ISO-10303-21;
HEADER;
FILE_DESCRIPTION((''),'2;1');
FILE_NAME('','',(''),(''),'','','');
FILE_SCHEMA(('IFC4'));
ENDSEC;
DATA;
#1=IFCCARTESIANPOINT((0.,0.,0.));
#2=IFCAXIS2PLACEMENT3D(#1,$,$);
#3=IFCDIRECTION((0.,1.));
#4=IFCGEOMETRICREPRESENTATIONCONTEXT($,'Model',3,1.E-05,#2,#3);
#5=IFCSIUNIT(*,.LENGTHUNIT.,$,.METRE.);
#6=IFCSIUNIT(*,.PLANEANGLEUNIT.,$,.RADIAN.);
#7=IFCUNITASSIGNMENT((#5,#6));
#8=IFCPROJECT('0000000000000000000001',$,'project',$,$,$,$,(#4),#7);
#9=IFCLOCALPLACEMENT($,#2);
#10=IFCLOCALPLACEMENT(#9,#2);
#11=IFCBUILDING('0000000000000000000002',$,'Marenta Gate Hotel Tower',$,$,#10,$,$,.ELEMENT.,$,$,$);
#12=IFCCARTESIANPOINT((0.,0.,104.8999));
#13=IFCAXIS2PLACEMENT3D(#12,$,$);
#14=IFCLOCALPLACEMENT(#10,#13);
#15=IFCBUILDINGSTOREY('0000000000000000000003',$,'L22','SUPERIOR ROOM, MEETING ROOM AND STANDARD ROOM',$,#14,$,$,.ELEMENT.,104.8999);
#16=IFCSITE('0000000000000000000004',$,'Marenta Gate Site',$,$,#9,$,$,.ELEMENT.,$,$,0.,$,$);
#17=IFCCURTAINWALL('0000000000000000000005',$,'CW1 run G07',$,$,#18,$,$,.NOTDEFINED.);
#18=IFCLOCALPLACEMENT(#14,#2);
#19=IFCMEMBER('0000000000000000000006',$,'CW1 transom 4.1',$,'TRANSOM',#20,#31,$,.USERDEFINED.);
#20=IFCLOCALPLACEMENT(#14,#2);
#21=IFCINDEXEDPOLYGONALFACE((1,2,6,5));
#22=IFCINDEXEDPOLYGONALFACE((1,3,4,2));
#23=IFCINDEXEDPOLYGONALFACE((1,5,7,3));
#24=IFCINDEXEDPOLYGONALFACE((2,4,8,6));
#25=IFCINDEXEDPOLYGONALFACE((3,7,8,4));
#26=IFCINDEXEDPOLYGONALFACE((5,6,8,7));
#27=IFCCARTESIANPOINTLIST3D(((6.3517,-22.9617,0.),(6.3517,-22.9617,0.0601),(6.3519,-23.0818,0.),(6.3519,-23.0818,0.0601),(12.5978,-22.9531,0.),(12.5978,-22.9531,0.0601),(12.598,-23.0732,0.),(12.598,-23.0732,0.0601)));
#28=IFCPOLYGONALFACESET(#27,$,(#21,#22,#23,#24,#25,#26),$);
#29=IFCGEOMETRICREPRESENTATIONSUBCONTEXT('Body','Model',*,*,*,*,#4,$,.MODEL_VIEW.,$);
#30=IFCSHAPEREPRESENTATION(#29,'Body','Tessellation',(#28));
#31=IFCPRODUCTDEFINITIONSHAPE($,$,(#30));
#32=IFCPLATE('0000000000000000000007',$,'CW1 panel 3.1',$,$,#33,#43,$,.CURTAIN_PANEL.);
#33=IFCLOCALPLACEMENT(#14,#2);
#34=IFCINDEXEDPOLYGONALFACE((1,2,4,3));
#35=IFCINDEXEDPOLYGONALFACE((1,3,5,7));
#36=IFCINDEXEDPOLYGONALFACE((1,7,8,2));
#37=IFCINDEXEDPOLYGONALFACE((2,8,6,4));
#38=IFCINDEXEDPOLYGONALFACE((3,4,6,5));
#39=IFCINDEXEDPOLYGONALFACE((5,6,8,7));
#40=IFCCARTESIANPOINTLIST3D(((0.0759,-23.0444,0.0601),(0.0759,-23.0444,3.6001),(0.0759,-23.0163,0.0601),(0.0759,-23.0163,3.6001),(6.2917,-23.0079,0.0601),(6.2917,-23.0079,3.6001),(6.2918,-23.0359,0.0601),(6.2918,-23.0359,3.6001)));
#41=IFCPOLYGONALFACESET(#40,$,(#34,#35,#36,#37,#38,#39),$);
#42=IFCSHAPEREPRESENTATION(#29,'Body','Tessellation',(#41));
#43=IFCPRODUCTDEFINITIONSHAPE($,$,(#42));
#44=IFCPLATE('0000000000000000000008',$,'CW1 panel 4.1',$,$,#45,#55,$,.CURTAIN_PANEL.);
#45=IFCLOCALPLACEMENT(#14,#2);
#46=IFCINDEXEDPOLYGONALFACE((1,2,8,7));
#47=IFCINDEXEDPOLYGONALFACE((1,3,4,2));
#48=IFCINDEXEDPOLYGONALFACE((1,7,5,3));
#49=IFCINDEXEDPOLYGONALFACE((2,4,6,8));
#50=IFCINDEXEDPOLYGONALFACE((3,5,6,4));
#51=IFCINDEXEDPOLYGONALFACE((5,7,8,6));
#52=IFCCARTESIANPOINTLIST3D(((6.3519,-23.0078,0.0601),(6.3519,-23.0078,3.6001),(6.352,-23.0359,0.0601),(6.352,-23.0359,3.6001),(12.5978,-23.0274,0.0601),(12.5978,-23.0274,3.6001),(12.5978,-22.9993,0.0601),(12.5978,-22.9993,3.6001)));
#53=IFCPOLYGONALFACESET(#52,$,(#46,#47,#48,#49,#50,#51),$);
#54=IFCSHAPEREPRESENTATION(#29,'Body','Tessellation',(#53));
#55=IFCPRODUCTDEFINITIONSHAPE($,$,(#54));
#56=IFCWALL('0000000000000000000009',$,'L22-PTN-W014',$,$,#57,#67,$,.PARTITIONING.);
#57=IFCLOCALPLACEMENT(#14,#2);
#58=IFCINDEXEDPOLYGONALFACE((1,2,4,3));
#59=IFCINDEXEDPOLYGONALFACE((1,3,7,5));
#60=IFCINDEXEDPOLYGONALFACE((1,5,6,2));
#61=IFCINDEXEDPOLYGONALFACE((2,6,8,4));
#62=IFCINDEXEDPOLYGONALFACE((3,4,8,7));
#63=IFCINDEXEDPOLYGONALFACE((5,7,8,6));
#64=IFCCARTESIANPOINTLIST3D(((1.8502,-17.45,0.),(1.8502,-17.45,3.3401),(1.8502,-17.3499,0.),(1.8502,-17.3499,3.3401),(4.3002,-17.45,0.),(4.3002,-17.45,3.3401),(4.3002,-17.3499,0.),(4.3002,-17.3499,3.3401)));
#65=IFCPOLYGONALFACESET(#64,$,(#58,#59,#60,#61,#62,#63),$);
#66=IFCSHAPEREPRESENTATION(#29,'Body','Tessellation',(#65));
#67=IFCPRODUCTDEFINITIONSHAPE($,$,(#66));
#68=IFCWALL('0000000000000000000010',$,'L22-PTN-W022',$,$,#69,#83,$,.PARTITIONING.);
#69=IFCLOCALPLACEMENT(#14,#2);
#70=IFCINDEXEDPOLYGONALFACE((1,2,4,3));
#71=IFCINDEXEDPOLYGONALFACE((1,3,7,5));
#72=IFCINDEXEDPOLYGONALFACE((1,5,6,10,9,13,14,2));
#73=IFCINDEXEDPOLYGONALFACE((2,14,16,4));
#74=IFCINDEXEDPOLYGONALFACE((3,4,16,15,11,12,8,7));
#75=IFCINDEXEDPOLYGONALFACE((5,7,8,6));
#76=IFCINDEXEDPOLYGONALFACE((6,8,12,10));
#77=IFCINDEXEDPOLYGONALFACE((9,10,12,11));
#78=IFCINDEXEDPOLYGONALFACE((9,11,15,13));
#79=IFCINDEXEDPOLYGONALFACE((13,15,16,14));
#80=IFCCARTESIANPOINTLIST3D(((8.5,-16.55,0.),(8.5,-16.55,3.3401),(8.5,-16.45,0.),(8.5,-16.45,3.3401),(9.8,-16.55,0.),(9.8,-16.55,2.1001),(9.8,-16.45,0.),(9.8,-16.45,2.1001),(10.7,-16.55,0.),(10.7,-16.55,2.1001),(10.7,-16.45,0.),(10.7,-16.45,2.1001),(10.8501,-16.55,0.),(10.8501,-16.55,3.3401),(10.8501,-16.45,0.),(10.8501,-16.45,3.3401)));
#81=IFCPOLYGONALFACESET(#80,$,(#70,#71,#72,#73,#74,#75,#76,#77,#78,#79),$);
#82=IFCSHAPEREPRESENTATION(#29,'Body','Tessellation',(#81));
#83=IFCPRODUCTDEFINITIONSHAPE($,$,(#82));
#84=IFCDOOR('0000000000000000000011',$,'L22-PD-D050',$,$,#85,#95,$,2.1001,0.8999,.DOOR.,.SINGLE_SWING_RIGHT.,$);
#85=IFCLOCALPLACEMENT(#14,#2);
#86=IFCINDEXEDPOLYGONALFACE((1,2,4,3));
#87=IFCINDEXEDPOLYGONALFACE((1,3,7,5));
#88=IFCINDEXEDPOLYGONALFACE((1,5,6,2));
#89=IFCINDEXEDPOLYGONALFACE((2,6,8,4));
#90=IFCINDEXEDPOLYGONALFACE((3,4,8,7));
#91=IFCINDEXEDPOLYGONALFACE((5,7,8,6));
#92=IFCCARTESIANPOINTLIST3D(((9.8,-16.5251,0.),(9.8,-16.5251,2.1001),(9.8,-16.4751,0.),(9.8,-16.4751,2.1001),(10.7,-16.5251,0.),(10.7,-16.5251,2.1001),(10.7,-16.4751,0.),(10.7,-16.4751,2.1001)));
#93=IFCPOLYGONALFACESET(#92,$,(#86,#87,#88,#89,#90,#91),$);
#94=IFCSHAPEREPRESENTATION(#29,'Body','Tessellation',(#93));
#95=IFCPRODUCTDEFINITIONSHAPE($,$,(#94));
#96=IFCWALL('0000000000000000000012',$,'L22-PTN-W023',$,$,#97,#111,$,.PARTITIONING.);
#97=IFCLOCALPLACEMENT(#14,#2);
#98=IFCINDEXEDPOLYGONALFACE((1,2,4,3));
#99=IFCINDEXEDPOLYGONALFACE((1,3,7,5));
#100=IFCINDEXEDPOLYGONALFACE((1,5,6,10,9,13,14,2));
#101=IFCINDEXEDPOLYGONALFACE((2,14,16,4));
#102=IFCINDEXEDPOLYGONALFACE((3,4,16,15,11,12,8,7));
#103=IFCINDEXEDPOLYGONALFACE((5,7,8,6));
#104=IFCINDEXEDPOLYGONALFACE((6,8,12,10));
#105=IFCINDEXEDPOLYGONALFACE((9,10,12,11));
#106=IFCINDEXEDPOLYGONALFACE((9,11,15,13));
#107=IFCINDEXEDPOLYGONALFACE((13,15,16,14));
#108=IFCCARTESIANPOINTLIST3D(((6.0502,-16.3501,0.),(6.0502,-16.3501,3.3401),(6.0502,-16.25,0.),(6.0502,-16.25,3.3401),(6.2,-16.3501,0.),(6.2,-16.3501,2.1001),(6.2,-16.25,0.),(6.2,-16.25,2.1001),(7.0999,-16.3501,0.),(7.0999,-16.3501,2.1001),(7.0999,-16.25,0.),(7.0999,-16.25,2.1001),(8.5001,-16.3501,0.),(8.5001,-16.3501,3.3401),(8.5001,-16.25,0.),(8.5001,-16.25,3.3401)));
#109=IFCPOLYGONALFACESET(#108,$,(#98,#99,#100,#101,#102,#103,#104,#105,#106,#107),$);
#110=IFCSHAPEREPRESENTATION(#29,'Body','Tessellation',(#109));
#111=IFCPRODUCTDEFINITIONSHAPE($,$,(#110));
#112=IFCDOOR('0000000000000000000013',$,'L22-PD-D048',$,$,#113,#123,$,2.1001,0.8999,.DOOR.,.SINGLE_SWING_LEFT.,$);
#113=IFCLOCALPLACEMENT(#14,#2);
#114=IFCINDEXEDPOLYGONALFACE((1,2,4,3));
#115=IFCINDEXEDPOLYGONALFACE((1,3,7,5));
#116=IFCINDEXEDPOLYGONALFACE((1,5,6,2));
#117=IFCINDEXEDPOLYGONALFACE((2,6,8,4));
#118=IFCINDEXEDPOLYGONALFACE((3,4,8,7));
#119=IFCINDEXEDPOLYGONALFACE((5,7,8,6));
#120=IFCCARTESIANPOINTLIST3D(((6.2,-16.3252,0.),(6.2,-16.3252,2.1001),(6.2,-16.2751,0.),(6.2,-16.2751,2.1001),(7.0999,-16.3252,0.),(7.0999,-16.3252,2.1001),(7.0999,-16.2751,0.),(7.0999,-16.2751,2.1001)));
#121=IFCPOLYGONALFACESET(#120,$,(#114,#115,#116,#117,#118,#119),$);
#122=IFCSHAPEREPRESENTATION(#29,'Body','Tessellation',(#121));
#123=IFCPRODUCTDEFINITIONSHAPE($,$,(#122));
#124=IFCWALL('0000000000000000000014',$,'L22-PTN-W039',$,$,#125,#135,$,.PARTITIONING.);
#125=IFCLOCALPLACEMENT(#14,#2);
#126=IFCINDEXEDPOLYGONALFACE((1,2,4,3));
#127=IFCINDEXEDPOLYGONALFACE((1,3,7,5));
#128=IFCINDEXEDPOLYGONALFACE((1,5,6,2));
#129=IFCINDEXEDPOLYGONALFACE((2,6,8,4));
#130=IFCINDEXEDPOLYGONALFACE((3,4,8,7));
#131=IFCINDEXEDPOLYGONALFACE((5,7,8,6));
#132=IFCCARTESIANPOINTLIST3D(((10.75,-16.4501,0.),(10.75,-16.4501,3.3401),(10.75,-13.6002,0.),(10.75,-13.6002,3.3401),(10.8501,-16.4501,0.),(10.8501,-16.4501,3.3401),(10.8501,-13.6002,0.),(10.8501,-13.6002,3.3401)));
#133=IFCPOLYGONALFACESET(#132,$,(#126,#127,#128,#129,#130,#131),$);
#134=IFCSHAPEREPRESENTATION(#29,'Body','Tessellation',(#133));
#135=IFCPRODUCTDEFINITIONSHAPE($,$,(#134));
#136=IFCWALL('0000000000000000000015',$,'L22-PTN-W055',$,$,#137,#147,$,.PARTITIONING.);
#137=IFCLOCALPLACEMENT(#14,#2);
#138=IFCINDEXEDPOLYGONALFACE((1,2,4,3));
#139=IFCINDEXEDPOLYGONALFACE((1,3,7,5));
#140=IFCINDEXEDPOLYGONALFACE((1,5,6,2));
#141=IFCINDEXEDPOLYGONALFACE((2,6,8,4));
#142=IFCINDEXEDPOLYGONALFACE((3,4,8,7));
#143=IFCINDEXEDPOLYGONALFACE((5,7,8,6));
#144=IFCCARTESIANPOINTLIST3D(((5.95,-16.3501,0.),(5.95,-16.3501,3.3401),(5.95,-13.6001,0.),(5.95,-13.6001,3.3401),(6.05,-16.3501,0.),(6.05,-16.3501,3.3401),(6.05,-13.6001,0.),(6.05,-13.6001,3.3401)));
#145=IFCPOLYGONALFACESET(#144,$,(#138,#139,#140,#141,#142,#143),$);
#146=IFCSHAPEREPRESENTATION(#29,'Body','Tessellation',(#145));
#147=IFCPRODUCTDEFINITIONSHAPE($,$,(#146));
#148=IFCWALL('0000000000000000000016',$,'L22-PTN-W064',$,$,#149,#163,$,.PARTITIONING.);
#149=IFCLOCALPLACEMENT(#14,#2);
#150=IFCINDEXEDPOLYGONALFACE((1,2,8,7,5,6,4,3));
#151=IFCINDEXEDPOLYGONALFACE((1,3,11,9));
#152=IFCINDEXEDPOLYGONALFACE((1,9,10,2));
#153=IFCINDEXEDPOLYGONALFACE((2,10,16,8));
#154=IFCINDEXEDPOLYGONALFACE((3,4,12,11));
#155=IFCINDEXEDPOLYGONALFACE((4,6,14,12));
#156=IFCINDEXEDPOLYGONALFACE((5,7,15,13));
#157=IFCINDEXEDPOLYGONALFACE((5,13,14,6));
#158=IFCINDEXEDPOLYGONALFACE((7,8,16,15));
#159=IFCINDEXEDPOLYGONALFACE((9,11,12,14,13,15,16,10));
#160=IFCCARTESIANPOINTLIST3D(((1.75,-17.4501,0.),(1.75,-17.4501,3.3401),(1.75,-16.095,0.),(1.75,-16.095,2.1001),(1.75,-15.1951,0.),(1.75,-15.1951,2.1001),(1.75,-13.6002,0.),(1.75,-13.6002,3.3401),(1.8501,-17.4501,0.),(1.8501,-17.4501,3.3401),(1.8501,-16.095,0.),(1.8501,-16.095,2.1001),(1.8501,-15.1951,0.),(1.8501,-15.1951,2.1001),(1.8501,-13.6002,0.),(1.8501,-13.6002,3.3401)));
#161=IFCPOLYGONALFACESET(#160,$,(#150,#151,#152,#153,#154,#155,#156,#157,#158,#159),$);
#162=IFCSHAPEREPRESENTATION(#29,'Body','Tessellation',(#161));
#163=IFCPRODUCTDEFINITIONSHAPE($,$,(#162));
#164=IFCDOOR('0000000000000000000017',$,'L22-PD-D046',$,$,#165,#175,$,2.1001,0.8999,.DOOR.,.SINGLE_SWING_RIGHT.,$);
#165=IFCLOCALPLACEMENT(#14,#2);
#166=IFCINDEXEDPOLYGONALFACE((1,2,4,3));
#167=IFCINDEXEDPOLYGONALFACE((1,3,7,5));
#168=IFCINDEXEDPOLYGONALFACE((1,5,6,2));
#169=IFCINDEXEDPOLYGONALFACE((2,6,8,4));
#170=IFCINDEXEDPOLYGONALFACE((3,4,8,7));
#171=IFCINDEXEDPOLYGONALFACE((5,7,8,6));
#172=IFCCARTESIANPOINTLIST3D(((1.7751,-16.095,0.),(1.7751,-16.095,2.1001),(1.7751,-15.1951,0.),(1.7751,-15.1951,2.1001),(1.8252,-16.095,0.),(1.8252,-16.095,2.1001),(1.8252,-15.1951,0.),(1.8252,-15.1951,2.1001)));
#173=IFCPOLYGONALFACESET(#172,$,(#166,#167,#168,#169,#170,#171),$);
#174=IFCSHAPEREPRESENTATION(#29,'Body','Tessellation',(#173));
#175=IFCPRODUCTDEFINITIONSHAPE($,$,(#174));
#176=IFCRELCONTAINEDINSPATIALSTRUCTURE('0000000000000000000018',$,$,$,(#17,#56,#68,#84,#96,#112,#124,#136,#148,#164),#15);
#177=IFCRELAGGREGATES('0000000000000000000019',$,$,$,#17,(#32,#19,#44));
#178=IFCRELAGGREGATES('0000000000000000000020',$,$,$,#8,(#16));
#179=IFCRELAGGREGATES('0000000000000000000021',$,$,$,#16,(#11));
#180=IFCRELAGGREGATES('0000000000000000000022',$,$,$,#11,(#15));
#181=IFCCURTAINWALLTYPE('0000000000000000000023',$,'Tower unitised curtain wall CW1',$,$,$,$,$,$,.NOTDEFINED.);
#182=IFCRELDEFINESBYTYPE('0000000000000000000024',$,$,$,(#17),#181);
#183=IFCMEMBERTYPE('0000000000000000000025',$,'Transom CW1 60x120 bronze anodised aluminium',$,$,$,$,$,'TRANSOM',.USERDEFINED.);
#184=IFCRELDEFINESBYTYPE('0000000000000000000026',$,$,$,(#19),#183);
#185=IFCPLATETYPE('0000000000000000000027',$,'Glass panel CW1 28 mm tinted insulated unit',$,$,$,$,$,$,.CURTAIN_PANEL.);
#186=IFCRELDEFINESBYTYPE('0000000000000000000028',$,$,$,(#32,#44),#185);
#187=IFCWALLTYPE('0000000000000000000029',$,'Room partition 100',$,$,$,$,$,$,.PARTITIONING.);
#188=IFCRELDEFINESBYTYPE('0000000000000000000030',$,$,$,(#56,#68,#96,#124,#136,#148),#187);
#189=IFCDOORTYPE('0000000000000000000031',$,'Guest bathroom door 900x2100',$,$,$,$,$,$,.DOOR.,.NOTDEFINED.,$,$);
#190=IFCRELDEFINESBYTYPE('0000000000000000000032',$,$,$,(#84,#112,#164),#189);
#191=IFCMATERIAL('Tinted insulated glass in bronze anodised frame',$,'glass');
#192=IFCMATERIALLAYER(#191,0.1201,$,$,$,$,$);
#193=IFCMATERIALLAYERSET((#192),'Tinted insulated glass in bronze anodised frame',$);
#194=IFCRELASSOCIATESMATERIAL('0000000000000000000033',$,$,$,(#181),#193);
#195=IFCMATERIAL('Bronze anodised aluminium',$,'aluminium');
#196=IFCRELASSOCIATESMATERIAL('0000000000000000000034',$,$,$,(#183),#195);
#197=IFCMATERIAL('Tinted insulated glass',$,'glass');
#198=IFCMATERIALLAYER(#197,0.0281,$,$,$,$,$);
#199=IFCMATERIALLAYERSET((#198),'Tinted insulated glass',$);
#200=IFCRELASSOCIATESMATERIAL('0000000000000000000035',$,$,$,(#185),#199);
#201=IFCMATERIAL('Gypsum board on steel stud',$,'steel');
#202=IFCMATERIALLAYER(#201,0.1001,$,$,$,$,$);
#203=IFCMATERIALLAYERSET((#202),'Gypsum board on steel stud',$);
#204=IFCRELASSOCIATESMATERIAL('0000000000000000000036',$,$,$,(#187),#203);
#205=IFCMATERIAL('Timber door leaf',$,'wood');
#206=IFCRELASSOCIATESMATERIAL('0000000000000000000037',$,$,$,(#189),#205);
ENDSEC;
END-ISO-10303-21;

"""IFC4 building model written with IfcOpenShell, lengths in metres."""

from ifc_helpers import new_model, si_unit, direction, frame, frame_2d, origin, origin_2d, place, context, subcontext, project, spatial, rectangle, extrude, material, layer, layer_set, material_profile, profile_set, type_object, element, fill, aggregate, save


model = new_model("IFC4")

# Units and contexts
model_context = context("Model", 3, precision=1e-05, world=origin(), true_north=direction((0.0, 1.0)))
body_context = subcontext(model_context, "Body", "Model", "MODEL_VIEW")
ifc_project = project(units=[si_unit("LENGTHUNIT", "METRE"), si_unit("PLANEANGLEUNIT", "RADIAN")], contexts=[model_context])

# Site, building, storey
site_placement = place(None, origin())
site = spatial("IfcSite", under=ifc_project, at=site_placement, Name="Marenta Gate Site", CompositionType="ELEMENT", RefElevation=0.0)
building_placement = place(site_placement, origin())
building = spatial("IfcBuilding", under=site, at=building_placement, Name="Marenta Gate Hotel Tower", CompositionType="ELEMENT")
storey_placement = place(building_placement, frame((0.0, 0.0, 104.8999)))
storey = spatial("IfcBuildingStorey", under=building, at=storey_placement, Name="L22", Description="SUPERIOR ROOM, MEETING ROOM AND STANDARD ROOM", CompositionType="ELEMENT", Elevation=104.8999)

# Curtain wall, member, plates
ifc_material_1 = material(Name="Tinted insulated glass in bronze anodised frame", Category="glass")
ifc_layer_1 = layer(ifc_material_1, 0.1201)
ifc_layer_set_1 = layer_set([ifc_layer_1], Name="Tinted insulated glass in bronze anodised frame")
curtain_wall_type = type_object("IfcCurtainWallType", Name="Tower unitised curtain wall CW1", PredefinedType="NOTDEFINED", material=ifc_layer_set_1)
curtain_wall_placement = place(storey_placement, origin())
curtain_wall = element("IfcCurtainWall", 1, at=curtain_wall_placement, inside=storey, type_object=curtain_wall_type, Name="CW1 run G07", PredefinedType="NOTDEFINED")
ifc_material_2 = material(Name="Bronze anodised aluminium", Category="aluminium")
ifc_material_profile_1 = material_profile(ifc_material_2, rectangle(XDim=0.1201, YDim=0.0601, at=origin_2d()), Name="Transom CW1 60x120 bronze anodised aluminium")
ifc_profile_set_1 = profile_set([ifc_material_profile_1], Name="Bronze anodised aluminium")
member_type_1 = type_object("IfcMemberType", Name="Transom CW1 60x120 bronze anodised aluminium", ElementType="TRANSOM", PredefinedType="USERDEFINED", material=ifc_profile_set_1)
member_1_placement = place(storey_placement, frame((6.3518, -23.0217, 0.03), z_axis=(0.999999, 0.001368, 0.0), x_axis=(-0.001368, 0.999999, 0.0)))
member_1 = element("IfcMember", 2, at=member_1_placement, type_object=member_type_1, Name="CW1 transom 4.1", ObjectType="TRANSOM", PredefinedType="USERDEFINED", context=body_context, shape_type="SweptSolid", body=[
    extrude(rectangle(XDim=0.1201, YDim=0.0601, at=origin_2d()), origin(), (0.0, 0.0, 1.0), 6.2461),
])
ifc_material_3 = material(Name="Tinted insulated glass", Category="glass")
ifc_layer_2 = layer(ifc_material_3, 0.0281)
ifc_layer_set_2 = layer_set([ifc_layer_2], Name="Tinted insulated glass")
plate_type = type_object("IfcPlateType", Name="Glass panel CW1 28 mm tinted insulated unit", PredefinedType="CURTAIN_PANEL", material=ifc_layer_set_2)
plate_1_placement = place(storey_placement, frame((3.1838, -23.0261, 0.0601), z_axis=(0.0, 0.0, 1.0), x_axis=(0.999999, 0.001362, 0.0)))
plate_1 = element("IfcPlate", 3, at=plate_1_placement, type_object=plate_type, Name="CW1 panel 3.1", PredefinedType="CURTAIN_PANEL", context=body_context, shape_type="SweptSolid", body=[
    extrude(rectangle(XDim=6.2158, YDim=0.0281, at=origin_2d()), origin(), (0.0, 0.0, 1.0), 3.54),
])
plate_2_placement = place(storey_placement, frame((9.4749, -23.0176, 0.0601), z_axis=(0.0, 0.0, 1.0), x_axis=(0.999999, 0.001362, 0.0)))
plate_2 = element("IfcPlate", 4, at=plate_2_placement, type_object=plate_type, Name="CW1 panel 4.1", PredefinedType="CURTAIN_PANEL", context=body_context, shape_type="SweptSolid", body=[
    extrude(rectangle(XDim=6.2458, YDim=0.0281, at=origin_2d()), origin(), (0.0, 0.0, 1.0), 3.54),
])
aggregate(curtain_wall, [plate_1, member_1, plate_2])

# Wall
ifc_material_4 = material(Name="Gypsum board on steel stud", Category="steel")
ifc_layer_3 = layer(ifc_material_4, 0.1001)
ifc_layer_set_3 = layer_set([ifc_layer_3], Name="Gypsum board on steel stud")
wall_type_1 = type_object("IfcWallType", Name="Room partition 100", PredefinedType="PARTITIONING", material=ifc_layer_set_3)
wall_1_placement = place(storey_placement, frame((1.8501, -17.3999, 0.0), z_axis=(0.0, 0.0, 1.0), x_axis=(1.0, 0.0, 0.0)))
element("IfcWall", 5, at=wall_1_placement, inside=storey, type_object=wall_type_1, Name="L22-PTN-W014", PredefinedType="PARTITIONING", context=body_context, shape_type="SweptSolid", body=[
    extrude(rectangle(XDim=2.45, YDim=0.1001, at=frame_2d((1.2251, 0.0))), origin(), (0.0, 0.0, 1.0), 3.3401),
])

# Walls, openings, doors
wall_2_placement = place(storey_placement, frame((8.5, -16.5, 0.0), z_axis=(0.0, 0.0, 1.0), x_axis=(1.0, 0.0, 0.0)))
wall_2 = element("IfcWall", 6, at=wall_2_placement, inside=storey, type_object=wall_type_1, Name="L22-PTN-W022", PredefinedType="PARTITIONING", context=body_context, shape_type="SweptSolid", body=[
    extrude(rectangle(XDim=2.3501, YDim=0.1001, at=frame_2d((1.175, 0.0))), origin(), (0.0, 0.0, 1.0), 3.3401),
])
opening_1_placement = place(wall_2_placement, frame((1.3, 0.0, 0.0)))
opening_1 = element("IfcOpeningElement", 7, at=opening_1_placement, cuts=wall_2, PredefinedType="OPENING", context=body_context, shape_type="SweptSolid", body=[
    extrude(rectangle(XDim=0.8999, YDim=2.1001, at=frame_2d((0.45, 1.05))), frame((0.0, 0.05, 0.0), z_axis=(0.0, -1.0, 0.0), x_axis=(1.0, 0.0, 0.0)), (0.0, 0.0, 1.0), 0.1001),
])
ifc_material_5 = material(Name="Timber door leaf", Category="wood")
door_type = type_object("IfcDoorType", Name="Guest bathroom door 900x2100", OperationType="NOTDEFINED", PredefinedType="DOOR", material=ifc_material_5)
door_1_placement = place(opening_1_placement, origin())
door_1 = element("IfcDoor", 8, at=door_1_placement, inside=storey, type_object=door_type, Name="L22-PD-D050", OperationType="SINGLE_SWING_RIGHT", OverallHeight=2.1001, OverallWidth=0.8999, PredefinedType="DOOR", context=body_context, shape_type="SweptSolid", body=[
    extrude(rectangle(XDim=0.8999, YDim=2.1001, at=frame_2d((0.45, 1.05))), frame((0.0, 0.0249, 0.0), z_axis=(0.0, -1.0, 0.0), x_axis=(1.0, 0.0, 0.0)), (0.0, 0.0, 1.0), 0.05),
])
fill(opening_1, door_1)
wall_3_placement = place(storey_placement, frame((6.05, -16.3, 0.0), z_axis=(0.0, 0.0, 1.0), x_axis=(1.0, 0.0, 0.0)))
wall_3 = element("IfcWall", 9, at=wall_3_placement, inside=storey, type_object=wall_type_1, Name="L22-PTN-W023", PredefinedType="PARTITIONING", context=body_context, shape_type="SweptSolid", body=[
    extrude(rectangle(XDim=2.45, YDim=0.1001, at=frame_2d((1.2251, 0.0))), origin(), (0.0, 0.0, 1.0), 3.3401),
])
opening_2_placement = place(wall_3_placement, frame((0.1499, 0.0, 0.0)))
opening_2 = element("IfcOpeningElement", 10, at=opening_2_placement, cuts=wall_3, PredefinedType="OPENING", context=body_context, shape_type="SweptSolid", body=[
    extrude(rectangle(XDim=0.8999, YDim=2.1001, at=frame_2d((0.45, 1.05))), frame((0.0, 0.05, 0.0), z_axis=(0.0, -1.0, 0.0), x_axis=(1.0, 0.0, 0.0)), (0.0, 0.0, 1.0), 0.1001),
])
door_2_placement = place(opening_2_placement, origin())
door_2 = element("IfcDoor", 11, at=door_2_placement, inside=storey, type_object=door_type, Name="L22-PD-D048", OperationType="SINGLE_SWING_LEFT", OverallHeight=2.1001, OverallWidth=0.8999, PredefinedType="DOOR", context=body_context, shape_type="SweptSolid", body=[
    extrude(rectangle(XDim=0.8999, YDim=2.1001, at=frame_2d((0.45, 1.05))), frame((0.0, 0.0249, 0.0), z_axis=(0.0, -1.0, 0.0), x_axis=(1.0, 0.0, 0.0)), (0.0, 0.0, 1.0), 0.05),
])
fill(opening_2, door_2)

# Walls
wall_4_placement = place(storey_placement, frame((10.8, -16.45, 0.0), z_axis=(0.0, 0.0, 1.0), x_axis=(0.0, 1.0, 0.0)))
element("IfcWall", 12, at=wall_4_placement, inside=storey, type_object=wall_type_1, Name="L22-PTN-W039", PredefinedType="PARTITIONING", context=body_context, shape_type="SweptSolid", body=[
    extrude(rectangle(XDim=2.8499, YDim=0.1001, at=frame_2d((1.4248, 0.0))), origin(), (0.0, 0.0, 1.0), 3.3401),
])
wall_5_placement = place(storey_placement, frame((6.0, -16.3501, 0.0), z_axis=(0.0, 0.0, 1.0), x_axis=(0.0, 1.0, 0.0)))
element("IfcWall", 13, at=wall_5_placement, inside=storey, type_object=wall_type_1, Name="L22-PTN-W055", PredefinedType="PARTITIONING", context=body_context, shape_type="SweptSolid", body=[
    extrude(rectangle(XDim=2.75, YDim=0.1001, at=frame_2d((1.375, 0.0))), origin(), (0.0, 0.0, 1.0), 3.3401),
])

# Wall, opening, door
wall_6_placement = place(storey_placement, frame((1.8, -17.45, 0.0), z_axis=(0.0, 0.0, 1.0), x_axis=(0.0, 1.0, 0.0)))
wall_6 = element("IfcWall", 14, at=wall_6_placement, inside=storey, type_object=wall_type_1, Name="L22-PTN-W064", PredefinedType="PARTITIONING", context=body_context, shape_type="SweptSolid", body=[
    extrude(rectangle(XDim=3.8499, YDim=0.1001, at=frame_2d((1.9248, 0.0))), origin(), (0.0, 0.0, 1.0), 3.3401),
])
opening_3_placement = place(wall_6_placement, frame((1.355, 0.0, 0.0)))
opening_3 = element("IfcOpeningElement", 15, at=opening_3_placement, cuts=wall_6, PredefinedType="OPENING", context=body_context, shape_type="SweptSolid", body=[
    extrude(rectangle(XDim=0.8999, YDim=2.1001, at=frame_2d((0.45, 1.05))), frame((0.0, 0.05, 0.0), z_axis=(0.0, -1.0, 0.0), x_axis=(1.0, 0.0, 0.0)), (0.0, 0.0, 1.0), 0.1001),
])
door_3_placement = place(opening_3_placement, origin())
door_3 = element("IfcDoor", 16, at=door_3_placement, inside=storey, type_object=door_type, Name="L22-PD-D046", OperationType="SINGLE_SWING_RIGHT", OverallHeight=2.1001, OverallWidth=0.8999, PredefinedType="DOOR", context=body_context, shape_type="SweptSolid", body=[
    extrude(rectangle(XDim=0.8999, YDim=2.1001, at=frame_2d((0.45, 1.05))), frame((0.0, 0.0249, 0.0), z_axis=(0.0, -1.0, 0.0), x_axis=(1.0, 0.0, 0.0)), (0.0, 0.0, 1.0), 0.05),
])
fill(opening_3, door_3)

save(model, "model.ifc")
